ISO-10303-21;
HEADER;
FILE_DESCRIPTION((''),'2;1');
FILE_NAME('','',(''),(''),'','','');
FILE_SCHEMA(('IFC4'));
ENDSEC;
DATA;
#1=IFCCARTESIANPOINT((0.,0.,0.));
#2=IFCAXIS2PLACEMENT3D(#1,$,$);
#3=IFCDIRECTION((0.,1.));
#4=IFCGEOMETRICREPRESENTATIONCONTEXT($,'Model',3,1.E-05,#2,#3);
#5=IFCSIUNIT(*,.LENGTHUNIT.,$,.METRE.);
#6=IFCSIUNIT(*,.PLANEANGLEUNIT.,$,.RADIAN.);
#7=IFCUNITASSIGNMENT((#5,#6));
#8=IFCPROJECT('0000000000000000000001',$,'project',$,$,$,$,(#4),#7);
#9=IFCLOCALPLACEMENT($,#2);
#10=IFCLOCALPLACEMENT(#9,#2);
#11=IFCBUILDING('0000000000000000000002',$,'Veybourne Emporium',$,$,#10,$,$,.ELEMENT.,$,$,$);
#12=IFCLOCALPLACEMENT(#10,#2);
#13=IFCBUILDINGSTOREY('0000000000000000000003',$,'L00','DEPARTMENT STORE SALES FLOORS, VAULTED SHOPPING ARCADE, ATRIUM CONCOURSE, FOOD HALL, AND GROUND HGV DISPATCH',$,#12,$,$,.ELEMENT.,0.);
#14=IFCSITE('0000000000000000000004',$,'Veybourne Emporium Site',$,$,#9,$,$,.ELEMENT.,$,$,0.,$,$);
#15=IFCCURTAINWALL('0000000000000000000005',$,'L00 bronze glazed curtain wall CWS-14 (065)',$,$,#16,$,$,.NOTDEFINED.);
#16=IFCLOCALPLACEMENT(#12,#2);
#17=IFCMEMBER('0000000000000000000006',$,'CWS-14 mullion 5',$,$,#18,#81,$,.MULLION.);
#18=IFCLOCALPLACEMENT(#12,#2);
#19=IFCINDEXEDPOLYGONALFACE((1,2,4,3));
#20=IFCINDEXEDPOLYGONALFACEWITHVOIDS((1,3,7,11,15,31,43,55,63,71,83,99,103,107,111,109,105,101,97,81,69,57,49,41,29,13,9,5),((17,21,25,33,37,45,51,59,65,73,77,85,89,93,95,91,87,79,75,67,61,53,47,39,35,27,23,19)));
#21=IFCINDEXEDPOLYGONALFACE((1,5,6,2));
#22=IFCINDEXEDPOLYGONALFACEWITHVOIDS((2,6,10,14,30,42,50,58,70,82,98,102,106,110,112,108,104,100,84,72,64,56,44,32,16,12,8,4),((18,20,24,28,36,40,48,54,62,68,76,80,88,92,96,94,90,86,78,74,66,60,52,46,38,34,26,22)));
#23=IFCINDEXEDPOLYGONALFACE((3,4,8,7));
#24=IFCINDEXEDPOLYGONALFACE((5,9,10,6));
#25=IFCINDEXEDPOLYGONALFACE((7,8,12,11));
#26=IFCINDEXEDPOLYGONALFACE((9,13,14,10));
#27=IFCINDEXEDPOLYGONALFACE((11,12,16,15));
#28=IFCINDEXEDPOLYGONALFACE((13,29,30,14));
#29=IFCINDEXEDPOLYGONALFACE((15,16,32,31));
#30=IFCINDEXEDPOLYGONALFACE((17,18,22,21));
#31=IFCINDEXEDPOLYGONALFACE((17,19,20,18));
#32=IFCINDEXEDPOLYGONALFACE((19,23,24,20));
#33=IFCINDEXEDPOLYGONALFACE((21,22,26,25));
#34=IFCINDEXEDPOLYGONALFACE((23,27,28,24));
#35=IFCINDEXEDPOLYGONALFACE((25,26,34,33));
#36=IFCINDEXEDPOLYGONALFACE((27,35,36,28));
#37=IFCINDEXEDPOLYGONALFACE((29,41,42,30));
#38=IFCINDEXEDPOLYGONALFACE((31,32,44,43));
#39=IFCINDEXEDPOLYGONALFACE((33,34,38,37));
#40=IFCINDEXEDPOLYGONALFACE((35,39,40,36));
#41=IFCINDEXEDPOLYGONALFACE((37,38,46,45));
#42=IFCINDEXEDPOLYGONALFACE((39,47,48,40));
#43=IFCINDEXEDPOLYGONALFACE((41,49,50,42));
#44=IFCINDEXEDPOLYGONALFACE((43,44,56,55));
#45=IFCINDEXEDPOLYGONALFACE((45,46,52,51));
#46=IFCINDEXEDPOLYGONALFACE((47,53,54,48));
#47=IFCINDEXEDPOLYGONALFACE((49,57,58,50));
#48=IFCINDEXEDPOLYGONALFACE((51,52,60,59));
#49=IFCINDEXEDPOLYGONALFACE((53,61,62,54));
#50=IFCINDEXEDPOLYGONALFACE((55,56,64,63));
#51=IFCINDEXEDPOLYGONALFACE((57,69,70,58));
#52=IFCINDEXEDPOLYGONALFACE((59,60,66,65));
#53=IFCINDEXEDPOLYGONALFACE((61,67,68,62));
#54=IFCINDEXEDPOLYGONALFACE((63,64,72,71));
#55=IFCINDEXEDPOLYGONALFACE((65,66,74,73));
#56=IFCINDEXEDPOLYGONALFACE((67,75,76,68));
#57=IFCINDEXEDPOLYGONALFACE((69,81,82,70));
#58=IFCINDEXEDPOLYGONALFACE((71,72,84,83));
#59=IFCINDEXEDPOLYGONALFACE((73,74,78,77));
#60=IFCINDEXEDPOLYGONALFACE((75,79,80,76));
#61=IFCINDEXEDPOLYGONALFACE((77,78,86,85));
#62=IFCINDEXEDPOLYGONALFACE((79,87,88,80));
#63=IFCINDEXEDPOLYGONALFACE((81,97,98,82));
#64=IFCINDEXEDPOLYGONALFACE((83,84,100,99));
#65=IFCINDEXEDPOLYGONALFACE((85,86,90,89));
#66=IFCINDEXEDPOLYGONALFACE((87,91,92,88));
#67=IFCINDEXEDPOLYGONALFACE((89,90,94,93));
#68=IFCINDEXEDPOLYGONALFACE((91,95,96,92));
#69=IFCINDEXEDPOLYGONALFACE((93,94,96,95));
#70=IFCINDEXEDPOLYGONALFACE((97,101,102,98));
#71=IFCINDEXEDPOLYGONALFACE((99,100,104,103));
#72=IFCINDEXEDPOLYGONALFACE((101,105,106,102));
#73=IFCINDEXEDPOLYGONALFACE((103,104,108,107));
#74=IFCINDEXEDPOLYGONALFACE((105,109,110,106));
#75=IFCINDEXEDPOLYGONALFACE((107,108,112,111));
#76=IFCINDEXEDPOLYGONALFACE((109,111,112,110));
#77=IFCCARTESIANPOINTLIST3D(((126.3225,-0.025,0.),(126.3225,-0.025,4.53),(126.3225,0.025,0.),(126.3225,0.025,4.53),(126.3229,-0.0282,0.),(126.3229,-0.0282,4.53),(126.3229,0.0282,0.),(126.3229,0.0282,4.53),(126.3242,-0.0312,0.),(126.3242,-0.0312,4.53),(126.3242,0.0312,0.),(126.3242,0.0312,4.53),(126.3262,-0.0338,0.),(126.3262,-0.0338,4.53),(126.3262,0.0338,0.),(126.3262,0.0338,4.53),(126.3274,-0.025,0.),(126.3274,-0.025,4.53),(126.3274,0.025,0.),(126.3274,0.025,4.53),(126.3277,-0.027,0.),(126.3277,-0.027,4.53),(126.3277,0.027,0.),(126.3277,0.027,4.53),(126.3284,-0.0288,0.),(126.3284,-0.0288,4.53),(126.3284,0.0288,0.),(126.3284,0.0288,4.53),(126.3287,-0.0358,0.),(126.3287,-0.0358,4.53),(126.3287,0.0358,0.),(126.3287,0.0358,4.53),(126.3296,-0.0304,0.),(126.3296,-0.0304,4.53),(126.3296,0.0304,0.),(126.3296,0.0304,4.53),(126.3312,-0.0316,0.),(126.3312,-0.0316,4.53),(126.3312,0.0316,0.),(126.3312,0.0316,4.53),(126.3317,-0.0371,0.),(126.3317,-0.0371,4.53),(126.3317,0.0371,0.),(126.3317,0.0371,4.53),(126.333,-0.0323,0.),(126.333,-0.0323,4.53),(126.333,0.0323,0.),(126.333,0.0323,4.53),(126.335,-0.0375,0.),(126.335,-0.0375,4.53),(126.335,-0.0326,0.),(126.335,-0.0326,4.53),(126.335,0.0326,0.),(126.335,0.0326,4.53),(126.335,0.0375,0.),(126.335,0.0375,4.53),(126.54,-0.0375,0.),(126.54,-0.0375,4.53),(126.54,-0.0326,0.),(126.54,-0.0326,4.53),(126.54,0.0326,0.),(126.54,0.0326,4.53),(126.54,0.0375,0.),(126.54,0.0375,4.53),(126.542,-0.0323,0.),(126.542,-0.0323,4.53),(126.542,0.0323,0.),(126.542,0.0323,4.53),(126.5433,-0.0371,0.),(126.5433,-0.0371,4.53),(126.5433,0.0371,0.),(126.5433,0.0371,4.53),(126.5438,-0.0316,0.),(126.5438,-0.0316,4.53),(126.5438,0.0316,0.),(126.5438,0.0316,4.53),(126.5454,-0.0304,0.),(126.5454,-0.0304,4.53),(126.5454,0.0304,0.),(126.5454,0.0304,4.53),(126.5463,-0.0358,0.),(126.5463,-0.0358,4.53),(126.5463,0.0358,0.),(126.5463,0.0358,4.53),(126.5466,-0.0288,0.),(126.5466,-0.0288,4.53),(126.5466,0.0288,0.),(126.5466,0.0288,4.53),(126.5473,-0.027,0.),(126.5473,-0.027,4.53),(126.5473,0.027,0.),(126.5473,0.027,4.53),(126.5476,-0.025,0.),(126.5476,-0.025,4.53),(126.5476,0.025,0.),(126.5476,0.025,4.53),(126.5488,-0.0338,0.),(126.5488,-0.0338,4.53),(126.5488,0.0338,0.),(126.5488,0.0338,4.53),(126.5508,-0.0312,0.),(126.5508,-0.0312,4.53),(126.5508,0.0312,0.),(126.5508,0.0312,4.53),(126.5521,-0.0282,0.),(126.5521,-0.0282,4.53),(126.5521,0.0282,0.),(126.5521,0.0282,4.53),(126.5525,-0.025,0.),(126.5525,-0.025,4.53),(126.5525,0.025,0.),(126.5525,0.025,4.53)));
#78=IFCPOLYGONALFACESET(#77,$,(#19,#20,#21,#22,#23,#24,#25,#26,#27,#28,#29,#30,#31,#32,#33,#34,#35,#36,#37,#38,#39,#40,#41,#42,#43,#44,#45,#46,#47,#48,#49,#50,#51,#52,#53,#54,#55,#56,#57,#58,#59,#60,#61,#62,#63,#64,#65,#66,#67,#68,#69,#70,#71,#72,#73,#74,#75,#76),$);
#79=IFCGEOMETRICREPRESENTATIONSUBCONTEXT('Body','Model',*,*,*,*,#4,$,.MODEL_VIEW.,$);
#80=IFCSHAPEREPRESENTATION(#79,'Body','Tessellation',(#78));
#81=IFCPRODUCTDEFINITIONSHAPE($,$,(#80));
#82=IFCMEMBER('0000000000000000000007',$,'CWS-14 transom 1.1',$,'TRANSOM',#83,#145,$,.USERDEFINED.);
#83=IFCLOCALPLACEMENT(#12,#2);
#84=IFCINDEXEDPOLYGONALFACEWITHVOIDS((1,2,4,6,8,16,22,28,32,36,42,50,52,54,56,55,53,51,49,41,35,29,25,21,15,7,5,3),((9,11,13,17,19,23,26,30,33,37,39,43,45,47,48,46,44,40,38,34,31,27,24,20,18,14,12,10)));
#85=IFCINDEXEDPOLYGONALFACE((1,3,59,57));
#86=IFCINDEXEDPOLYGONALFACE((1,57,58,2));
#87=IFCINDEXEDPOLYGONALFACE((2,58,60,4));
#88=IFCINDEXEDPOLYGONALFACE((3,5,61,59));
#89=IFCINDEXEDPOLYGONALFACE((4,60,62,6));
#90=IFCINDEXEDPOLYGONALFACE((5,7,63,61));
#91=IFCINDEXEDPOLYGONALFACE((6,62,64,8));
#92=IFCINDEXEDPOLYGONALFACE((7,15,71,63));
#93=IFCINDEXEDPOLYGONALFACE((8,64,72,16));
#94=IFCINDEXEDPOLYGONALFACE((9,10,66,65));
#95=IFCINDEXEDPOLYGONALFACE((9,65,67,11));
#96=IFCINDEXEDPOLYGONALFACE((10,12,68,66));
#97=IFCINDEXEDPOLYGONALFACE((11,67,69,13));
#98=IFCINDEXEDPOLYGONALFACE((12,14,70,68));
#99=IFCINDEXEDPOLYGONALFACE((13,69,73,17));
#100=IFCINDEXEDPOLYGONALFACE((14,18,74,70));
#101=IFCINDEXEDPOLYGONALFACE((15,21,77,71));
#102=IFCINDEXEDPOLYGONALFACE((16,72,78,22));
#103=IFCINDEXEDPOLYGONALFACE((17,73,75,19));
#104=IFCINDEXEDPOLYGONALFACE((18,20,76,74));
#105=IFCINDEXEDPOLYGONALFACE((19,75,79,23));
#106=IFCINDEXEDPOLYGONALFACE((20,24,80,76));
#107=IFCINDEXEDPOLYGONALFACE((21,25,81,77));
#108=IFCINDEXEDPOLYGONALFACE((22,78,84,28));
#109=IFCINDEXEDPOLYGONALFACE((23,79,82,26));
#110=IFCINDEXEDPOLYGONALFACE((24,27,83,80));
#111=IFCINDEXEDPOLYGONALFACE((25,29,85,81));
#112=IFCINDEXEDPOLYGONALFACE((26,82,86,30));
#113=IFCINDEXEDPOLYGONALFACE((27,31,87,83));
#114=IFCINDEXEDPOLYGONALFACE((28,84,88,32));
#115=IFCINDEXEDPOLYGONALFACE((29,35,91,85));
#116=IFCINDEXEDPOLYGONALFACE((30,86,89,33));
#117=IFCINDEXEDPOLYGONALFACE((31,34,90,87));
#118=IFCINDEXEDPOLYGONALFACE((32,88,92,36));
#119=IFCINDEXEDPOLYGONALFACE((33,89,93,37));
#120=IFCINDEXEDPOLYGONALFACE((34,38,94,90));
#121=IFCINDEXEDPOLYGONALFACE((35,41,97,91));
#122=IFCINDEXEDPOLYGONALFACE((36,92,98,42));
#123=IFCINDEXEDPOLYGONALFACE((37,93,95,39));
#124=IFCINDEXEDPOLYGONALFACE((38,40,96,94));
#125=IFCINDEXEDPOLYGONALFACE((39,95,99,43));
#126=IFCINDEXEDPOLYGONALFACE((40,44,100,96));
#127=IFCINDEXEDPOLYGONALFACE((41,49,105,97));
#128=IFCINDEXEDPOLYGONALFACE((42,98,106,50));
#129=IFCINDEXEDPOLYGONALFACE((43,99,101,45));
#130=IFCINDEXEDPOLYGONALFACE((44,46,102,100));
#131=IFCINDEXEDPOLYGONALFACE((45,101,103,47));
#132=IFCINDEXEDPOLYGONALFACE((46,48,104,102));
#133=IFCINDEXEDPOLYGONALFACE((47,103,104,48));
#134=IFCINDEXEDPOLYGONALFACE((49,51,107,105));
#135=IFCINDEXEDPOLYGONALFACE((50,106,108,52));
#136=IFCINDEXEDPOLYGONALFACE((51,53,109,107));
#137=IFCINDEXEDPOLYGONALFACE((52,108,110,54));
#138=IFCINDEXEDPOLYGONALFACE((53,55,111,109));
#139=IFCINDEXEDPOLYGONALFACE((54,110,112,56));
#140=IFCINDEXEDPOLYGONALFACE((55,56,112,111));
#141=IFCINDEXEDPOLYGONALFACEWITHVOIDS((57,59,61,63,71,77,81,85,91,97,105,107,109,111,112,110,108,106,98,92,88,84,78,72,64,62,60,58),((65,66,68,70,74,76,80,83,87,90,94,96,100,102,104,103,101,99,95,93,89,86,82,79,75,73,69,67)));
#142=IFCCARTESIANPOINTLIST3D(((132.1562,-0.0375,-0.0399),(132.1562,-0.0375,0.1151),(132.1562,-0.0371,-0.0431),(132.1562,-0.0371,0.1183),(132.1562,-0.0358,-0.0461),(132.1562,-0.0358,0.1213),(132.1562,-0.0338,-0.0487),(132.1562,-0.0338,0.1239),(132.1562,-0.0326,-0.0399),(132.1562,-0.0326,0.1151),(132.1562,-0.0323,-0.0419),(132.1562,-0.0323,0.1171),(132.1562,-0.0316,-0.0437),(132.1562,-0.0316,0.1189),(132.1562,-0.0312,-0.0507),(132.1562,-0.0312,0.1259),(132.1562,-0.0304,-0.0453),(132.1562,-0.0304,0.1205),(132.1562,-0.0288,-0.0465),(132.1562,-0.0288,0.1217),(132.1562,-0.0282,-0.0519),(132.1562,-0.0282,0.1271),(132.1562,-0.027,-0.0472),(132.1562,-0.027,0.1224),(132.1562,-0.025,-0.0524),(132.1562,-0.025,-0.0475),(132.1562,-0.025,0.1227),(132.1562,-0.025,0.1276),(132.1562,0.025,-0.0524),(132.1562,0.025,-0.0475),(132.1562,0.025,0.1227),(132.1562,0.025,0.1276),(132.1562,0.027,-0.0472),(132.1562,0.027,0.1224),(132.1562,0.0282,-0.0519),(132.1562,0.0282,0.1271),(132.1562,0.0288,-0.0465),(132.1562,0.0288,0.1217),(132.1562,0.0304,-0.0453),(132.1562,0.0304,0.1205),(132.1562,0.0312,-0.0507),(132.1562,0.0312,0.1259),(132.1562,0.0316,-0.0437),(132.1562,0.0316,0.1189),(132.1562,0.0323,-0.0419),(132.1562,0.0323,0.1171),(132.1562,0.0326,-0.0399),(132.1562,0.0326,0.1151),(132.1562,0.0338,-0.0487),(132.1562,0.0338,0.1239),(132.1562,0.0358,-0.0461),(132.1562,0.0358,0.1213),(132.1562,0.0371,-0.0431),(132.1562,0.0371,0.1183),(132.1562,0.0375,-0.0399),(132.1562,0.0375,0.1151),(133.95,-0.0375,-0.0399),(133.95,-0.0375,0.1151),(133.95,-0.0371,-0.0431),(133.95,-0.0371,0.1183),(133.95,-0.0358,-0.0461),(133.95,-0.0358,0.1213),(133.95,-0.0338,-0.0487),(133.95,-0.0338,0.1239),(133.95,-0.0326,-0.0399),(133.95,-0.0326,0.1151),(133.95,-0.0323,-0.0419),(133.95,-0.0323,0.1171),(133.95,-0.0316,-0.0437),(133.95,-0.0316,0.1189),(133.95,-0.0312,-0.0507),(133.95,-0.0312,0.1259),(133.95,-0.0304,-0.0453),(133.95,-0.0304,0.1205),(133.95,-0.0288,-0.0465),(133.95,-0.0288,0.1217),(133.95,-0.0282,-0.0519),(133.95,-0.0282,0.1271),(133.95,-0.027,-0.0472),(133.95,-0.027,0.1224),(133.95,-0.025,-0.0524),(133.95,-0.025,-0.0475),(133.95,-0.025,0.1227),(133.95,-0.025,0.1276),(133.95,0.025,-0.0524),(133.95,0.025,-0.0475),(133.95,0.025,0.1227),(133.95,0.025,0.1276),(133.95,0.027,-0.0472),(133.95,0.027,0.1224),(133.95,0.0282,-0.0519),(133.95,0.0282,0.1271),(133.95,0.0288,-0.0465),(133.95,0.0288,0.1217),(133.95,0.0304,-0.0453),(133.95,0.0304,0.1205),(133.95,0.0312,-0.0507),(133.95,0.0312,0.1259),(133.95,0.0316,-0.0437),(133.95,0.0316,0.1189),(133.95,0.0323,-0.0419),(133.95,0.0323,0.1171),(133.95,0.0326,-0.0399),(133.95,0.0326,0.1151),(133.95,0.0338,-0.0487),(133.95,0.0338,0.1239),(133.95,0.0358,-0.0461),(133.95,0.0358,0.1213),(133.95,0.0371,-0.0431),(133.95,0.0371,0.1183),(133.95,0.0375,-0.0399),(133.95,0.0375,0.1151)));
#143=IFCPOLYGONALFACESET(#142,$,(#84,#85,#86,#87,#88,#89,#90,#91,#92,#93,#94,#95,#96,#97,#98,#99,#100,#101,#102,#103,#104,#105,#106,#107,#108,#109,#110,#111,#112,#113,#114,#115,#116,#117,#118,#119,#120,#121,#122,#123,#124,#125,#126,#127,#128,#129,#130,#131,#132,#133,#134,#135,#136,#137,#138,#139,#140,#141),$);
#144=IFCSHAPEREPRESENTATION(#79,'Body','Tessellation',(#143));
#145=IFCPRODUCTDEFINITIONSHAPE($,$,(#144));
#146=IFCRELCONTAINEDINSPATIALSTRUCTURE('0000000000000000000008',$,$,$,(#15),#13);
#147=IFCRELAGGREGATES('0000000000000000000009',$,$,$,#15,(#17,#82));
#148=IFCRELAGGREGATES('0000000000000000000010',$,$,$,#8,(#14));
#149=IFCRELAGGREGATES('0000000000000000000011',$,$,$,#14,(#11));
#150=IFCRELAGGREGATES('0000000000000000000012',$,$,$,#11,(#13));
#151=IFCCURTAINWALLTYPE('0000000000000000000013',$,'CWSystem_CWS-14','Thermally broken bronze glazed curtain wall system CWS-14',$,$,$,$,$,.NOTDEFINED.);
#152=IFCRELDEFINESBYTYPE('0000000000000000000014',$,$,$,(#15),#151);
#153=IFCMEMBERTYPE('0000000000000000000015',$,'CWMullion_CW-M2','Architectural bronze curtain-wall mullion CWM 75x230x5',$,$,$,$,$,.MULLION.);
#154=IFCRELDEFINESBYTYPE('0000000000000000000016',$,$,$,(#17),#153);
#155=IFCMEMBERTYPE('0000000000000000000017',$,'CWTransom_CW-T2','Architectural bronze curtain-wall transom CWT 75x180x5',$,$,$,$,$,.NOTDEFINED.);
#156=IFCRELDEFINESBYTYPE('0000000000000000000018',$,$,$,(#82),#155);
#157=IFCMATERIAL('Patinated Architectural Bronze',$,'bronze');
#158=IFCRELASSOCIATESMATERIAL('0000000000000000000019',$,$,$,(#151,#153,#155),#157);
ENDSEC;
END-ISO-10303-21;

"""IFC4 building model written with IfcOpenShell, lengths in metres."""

from ifc_helpers import new_model, si_unit, direction, frame, origin, origin_2d, place, context, subcontext, project, spatial, hollow_rectangle, extrude, material, material_profile, profile_set, type_object, element, aggregate, save


model = new_model("IFC4")

# Units and contexts
model_context = context("Model", 3, precision=1e-05, world=origin(), true_north=direction((0.0, 1.0)))
body_context = subcontext(model_context, "Body", "Model", "MODEL_VIEW")
ifc_project = project(units=[si_unit("LENGTHUNIT", "METRE"), si_unit("PLANEANGLEUNIT", "RADIAN")], contexts=[model_context])

# Site, building, storey
site_placement = place(None, origin())
site = spatial("IfcSite", under=ifc_project, at=site_placement, Name="Veybourne Emporium Site", CompositionType="ELEMENT", RefElevation=0.0)
building_placement = place(site_placement, origin())
building = spatial("IfcBuilding", under=site, at=building_placement, Name="Veybourne Emporium", CompositionType="ELEMENT")
storey_placement = place(building_placement, origin())
storey = spatial("IfcBuildingStorey", under=building, at=storey_placement, Name="L00", Description="DEPARTMENT STORE SALES FLOORS, VAULTED SHOPPING ARCADE, ATRIUM CONCOURSE, FOOD HALL, AND GROUND HGV DISPATCH", CompositionType="ELEMENT", Elevation=0.0)

# Curtain wall, members
ifc_material_1 = material(Name="Patinated Architectural Bronze", Category="bronze")
curtain_wall_type = type_object("IfcCurtainWallType", Name="CWSystem_CWS-14", Description="Thermally broken bronze glazed curtain wall system CWS-14", PredefinedType="NOTDEFINED", material=ifc_material_1)
curtain_wall_placement = place(storey_placement, origin())
curtain_wall = element("IfcCurtainWall", 1, at=curtain_wall_placement, inside=storey, type_object=curtain_wall_type, Name="L00 bronze glazed curtain wall CWS-14 (065)", PredefinedType="NOTDEFINED")
ifc_material_profile_1 = material_profile(ifc_material_1, hollow_rectangle(XDim=0.075, YDim=0.23, WallThickness=0.0049, InnerFilletRadius=0.0076, OuterFilletRadius=0.0125, at=origin_2d()), Name="CWM 75x230x5")
ifc_profile_set_1 = profile_set([ifc_material_profile_1], Name="Patinated Architectural Bronze")
member_type_1 = type_object("IfcMemberType", Name="CWMullion_CW-M2", Description="Architectural bronze curtain-wall mullion CWM 75x230x5", PredefinedType="MULLION", material=ifc_profile_set_1)
member_1_placement = place(storey_placement, frame((126.4375, 0.0, 0.0), z_axis=(0.0, 0.0, 1.0), x_axis=(0.0, -1.0, 0.0)))
member_1 = element("IfcMember", 2, at=member_1_placement, type_object=member_type_1, Name="CWS-14 mullion 5", PredefinedType="MULLION", context=body_context, shape_type="SweptSolid", body=[
    extrude(hollow_rectangle(XDim=0.075, YDim=0.23, WallThickness=0.0049, InnerFilletRadius=0.0076, OuterFilletRadius=0.0125, at=origin_2d()), origin(), (0.0, 0.0, 1.0), 4.53),
])
ifc_material_profile_2 = material_profile(ifc_material_1, hollow_rectangle(XDim=0.075, YDim=0.1799, WallThickness=0.0049, InnerFilletRadius=0.0076, OuterFilletRadius=0.0125, at=origin_2d()), Name="CWT 75x180x5")
ifc_profile_set_2 = profile_set([ifc_material_profile_2], Name="Patinated Architectural Bronze")
member_type_2 = type_object("IfcMemberType", Name="CWTransom_CW-T2", Description="Architectural bronze curtain-wall transom CWT 75x180x5", PredefinedType="NOTDEFINED", material=ifc_profile_set_2)
member_2_placement = place(storey_placement, frame((133.95, 0.0, 0.0376), z_axis=(-1.0, 0.0, 0.0), x_axis=(0.0, -1.0, 0.0)))
member_2 = element("IfcMember", 3, at=member_2_placement, type_object=member_type_2, Name="CWS-14 transom 1.1", ObjectType="TRANSOM", PredefinedType="USERDEFINED", context=body_context, shape_type="SweptSolid", body=[
    extrude(hollow_rectangle(XDim=0.075, YDim=0.1799, WallThickness=0.0049, InnerFilletRadius=0.0076, OuterFilletRadius=0.0125, at=origin_2d()), origin(), (0.0, 0.0, 1.0), 1.7937),
])

aggregate(curtain_wall, [member_1, member_2])

save(model, "model.ifc")
